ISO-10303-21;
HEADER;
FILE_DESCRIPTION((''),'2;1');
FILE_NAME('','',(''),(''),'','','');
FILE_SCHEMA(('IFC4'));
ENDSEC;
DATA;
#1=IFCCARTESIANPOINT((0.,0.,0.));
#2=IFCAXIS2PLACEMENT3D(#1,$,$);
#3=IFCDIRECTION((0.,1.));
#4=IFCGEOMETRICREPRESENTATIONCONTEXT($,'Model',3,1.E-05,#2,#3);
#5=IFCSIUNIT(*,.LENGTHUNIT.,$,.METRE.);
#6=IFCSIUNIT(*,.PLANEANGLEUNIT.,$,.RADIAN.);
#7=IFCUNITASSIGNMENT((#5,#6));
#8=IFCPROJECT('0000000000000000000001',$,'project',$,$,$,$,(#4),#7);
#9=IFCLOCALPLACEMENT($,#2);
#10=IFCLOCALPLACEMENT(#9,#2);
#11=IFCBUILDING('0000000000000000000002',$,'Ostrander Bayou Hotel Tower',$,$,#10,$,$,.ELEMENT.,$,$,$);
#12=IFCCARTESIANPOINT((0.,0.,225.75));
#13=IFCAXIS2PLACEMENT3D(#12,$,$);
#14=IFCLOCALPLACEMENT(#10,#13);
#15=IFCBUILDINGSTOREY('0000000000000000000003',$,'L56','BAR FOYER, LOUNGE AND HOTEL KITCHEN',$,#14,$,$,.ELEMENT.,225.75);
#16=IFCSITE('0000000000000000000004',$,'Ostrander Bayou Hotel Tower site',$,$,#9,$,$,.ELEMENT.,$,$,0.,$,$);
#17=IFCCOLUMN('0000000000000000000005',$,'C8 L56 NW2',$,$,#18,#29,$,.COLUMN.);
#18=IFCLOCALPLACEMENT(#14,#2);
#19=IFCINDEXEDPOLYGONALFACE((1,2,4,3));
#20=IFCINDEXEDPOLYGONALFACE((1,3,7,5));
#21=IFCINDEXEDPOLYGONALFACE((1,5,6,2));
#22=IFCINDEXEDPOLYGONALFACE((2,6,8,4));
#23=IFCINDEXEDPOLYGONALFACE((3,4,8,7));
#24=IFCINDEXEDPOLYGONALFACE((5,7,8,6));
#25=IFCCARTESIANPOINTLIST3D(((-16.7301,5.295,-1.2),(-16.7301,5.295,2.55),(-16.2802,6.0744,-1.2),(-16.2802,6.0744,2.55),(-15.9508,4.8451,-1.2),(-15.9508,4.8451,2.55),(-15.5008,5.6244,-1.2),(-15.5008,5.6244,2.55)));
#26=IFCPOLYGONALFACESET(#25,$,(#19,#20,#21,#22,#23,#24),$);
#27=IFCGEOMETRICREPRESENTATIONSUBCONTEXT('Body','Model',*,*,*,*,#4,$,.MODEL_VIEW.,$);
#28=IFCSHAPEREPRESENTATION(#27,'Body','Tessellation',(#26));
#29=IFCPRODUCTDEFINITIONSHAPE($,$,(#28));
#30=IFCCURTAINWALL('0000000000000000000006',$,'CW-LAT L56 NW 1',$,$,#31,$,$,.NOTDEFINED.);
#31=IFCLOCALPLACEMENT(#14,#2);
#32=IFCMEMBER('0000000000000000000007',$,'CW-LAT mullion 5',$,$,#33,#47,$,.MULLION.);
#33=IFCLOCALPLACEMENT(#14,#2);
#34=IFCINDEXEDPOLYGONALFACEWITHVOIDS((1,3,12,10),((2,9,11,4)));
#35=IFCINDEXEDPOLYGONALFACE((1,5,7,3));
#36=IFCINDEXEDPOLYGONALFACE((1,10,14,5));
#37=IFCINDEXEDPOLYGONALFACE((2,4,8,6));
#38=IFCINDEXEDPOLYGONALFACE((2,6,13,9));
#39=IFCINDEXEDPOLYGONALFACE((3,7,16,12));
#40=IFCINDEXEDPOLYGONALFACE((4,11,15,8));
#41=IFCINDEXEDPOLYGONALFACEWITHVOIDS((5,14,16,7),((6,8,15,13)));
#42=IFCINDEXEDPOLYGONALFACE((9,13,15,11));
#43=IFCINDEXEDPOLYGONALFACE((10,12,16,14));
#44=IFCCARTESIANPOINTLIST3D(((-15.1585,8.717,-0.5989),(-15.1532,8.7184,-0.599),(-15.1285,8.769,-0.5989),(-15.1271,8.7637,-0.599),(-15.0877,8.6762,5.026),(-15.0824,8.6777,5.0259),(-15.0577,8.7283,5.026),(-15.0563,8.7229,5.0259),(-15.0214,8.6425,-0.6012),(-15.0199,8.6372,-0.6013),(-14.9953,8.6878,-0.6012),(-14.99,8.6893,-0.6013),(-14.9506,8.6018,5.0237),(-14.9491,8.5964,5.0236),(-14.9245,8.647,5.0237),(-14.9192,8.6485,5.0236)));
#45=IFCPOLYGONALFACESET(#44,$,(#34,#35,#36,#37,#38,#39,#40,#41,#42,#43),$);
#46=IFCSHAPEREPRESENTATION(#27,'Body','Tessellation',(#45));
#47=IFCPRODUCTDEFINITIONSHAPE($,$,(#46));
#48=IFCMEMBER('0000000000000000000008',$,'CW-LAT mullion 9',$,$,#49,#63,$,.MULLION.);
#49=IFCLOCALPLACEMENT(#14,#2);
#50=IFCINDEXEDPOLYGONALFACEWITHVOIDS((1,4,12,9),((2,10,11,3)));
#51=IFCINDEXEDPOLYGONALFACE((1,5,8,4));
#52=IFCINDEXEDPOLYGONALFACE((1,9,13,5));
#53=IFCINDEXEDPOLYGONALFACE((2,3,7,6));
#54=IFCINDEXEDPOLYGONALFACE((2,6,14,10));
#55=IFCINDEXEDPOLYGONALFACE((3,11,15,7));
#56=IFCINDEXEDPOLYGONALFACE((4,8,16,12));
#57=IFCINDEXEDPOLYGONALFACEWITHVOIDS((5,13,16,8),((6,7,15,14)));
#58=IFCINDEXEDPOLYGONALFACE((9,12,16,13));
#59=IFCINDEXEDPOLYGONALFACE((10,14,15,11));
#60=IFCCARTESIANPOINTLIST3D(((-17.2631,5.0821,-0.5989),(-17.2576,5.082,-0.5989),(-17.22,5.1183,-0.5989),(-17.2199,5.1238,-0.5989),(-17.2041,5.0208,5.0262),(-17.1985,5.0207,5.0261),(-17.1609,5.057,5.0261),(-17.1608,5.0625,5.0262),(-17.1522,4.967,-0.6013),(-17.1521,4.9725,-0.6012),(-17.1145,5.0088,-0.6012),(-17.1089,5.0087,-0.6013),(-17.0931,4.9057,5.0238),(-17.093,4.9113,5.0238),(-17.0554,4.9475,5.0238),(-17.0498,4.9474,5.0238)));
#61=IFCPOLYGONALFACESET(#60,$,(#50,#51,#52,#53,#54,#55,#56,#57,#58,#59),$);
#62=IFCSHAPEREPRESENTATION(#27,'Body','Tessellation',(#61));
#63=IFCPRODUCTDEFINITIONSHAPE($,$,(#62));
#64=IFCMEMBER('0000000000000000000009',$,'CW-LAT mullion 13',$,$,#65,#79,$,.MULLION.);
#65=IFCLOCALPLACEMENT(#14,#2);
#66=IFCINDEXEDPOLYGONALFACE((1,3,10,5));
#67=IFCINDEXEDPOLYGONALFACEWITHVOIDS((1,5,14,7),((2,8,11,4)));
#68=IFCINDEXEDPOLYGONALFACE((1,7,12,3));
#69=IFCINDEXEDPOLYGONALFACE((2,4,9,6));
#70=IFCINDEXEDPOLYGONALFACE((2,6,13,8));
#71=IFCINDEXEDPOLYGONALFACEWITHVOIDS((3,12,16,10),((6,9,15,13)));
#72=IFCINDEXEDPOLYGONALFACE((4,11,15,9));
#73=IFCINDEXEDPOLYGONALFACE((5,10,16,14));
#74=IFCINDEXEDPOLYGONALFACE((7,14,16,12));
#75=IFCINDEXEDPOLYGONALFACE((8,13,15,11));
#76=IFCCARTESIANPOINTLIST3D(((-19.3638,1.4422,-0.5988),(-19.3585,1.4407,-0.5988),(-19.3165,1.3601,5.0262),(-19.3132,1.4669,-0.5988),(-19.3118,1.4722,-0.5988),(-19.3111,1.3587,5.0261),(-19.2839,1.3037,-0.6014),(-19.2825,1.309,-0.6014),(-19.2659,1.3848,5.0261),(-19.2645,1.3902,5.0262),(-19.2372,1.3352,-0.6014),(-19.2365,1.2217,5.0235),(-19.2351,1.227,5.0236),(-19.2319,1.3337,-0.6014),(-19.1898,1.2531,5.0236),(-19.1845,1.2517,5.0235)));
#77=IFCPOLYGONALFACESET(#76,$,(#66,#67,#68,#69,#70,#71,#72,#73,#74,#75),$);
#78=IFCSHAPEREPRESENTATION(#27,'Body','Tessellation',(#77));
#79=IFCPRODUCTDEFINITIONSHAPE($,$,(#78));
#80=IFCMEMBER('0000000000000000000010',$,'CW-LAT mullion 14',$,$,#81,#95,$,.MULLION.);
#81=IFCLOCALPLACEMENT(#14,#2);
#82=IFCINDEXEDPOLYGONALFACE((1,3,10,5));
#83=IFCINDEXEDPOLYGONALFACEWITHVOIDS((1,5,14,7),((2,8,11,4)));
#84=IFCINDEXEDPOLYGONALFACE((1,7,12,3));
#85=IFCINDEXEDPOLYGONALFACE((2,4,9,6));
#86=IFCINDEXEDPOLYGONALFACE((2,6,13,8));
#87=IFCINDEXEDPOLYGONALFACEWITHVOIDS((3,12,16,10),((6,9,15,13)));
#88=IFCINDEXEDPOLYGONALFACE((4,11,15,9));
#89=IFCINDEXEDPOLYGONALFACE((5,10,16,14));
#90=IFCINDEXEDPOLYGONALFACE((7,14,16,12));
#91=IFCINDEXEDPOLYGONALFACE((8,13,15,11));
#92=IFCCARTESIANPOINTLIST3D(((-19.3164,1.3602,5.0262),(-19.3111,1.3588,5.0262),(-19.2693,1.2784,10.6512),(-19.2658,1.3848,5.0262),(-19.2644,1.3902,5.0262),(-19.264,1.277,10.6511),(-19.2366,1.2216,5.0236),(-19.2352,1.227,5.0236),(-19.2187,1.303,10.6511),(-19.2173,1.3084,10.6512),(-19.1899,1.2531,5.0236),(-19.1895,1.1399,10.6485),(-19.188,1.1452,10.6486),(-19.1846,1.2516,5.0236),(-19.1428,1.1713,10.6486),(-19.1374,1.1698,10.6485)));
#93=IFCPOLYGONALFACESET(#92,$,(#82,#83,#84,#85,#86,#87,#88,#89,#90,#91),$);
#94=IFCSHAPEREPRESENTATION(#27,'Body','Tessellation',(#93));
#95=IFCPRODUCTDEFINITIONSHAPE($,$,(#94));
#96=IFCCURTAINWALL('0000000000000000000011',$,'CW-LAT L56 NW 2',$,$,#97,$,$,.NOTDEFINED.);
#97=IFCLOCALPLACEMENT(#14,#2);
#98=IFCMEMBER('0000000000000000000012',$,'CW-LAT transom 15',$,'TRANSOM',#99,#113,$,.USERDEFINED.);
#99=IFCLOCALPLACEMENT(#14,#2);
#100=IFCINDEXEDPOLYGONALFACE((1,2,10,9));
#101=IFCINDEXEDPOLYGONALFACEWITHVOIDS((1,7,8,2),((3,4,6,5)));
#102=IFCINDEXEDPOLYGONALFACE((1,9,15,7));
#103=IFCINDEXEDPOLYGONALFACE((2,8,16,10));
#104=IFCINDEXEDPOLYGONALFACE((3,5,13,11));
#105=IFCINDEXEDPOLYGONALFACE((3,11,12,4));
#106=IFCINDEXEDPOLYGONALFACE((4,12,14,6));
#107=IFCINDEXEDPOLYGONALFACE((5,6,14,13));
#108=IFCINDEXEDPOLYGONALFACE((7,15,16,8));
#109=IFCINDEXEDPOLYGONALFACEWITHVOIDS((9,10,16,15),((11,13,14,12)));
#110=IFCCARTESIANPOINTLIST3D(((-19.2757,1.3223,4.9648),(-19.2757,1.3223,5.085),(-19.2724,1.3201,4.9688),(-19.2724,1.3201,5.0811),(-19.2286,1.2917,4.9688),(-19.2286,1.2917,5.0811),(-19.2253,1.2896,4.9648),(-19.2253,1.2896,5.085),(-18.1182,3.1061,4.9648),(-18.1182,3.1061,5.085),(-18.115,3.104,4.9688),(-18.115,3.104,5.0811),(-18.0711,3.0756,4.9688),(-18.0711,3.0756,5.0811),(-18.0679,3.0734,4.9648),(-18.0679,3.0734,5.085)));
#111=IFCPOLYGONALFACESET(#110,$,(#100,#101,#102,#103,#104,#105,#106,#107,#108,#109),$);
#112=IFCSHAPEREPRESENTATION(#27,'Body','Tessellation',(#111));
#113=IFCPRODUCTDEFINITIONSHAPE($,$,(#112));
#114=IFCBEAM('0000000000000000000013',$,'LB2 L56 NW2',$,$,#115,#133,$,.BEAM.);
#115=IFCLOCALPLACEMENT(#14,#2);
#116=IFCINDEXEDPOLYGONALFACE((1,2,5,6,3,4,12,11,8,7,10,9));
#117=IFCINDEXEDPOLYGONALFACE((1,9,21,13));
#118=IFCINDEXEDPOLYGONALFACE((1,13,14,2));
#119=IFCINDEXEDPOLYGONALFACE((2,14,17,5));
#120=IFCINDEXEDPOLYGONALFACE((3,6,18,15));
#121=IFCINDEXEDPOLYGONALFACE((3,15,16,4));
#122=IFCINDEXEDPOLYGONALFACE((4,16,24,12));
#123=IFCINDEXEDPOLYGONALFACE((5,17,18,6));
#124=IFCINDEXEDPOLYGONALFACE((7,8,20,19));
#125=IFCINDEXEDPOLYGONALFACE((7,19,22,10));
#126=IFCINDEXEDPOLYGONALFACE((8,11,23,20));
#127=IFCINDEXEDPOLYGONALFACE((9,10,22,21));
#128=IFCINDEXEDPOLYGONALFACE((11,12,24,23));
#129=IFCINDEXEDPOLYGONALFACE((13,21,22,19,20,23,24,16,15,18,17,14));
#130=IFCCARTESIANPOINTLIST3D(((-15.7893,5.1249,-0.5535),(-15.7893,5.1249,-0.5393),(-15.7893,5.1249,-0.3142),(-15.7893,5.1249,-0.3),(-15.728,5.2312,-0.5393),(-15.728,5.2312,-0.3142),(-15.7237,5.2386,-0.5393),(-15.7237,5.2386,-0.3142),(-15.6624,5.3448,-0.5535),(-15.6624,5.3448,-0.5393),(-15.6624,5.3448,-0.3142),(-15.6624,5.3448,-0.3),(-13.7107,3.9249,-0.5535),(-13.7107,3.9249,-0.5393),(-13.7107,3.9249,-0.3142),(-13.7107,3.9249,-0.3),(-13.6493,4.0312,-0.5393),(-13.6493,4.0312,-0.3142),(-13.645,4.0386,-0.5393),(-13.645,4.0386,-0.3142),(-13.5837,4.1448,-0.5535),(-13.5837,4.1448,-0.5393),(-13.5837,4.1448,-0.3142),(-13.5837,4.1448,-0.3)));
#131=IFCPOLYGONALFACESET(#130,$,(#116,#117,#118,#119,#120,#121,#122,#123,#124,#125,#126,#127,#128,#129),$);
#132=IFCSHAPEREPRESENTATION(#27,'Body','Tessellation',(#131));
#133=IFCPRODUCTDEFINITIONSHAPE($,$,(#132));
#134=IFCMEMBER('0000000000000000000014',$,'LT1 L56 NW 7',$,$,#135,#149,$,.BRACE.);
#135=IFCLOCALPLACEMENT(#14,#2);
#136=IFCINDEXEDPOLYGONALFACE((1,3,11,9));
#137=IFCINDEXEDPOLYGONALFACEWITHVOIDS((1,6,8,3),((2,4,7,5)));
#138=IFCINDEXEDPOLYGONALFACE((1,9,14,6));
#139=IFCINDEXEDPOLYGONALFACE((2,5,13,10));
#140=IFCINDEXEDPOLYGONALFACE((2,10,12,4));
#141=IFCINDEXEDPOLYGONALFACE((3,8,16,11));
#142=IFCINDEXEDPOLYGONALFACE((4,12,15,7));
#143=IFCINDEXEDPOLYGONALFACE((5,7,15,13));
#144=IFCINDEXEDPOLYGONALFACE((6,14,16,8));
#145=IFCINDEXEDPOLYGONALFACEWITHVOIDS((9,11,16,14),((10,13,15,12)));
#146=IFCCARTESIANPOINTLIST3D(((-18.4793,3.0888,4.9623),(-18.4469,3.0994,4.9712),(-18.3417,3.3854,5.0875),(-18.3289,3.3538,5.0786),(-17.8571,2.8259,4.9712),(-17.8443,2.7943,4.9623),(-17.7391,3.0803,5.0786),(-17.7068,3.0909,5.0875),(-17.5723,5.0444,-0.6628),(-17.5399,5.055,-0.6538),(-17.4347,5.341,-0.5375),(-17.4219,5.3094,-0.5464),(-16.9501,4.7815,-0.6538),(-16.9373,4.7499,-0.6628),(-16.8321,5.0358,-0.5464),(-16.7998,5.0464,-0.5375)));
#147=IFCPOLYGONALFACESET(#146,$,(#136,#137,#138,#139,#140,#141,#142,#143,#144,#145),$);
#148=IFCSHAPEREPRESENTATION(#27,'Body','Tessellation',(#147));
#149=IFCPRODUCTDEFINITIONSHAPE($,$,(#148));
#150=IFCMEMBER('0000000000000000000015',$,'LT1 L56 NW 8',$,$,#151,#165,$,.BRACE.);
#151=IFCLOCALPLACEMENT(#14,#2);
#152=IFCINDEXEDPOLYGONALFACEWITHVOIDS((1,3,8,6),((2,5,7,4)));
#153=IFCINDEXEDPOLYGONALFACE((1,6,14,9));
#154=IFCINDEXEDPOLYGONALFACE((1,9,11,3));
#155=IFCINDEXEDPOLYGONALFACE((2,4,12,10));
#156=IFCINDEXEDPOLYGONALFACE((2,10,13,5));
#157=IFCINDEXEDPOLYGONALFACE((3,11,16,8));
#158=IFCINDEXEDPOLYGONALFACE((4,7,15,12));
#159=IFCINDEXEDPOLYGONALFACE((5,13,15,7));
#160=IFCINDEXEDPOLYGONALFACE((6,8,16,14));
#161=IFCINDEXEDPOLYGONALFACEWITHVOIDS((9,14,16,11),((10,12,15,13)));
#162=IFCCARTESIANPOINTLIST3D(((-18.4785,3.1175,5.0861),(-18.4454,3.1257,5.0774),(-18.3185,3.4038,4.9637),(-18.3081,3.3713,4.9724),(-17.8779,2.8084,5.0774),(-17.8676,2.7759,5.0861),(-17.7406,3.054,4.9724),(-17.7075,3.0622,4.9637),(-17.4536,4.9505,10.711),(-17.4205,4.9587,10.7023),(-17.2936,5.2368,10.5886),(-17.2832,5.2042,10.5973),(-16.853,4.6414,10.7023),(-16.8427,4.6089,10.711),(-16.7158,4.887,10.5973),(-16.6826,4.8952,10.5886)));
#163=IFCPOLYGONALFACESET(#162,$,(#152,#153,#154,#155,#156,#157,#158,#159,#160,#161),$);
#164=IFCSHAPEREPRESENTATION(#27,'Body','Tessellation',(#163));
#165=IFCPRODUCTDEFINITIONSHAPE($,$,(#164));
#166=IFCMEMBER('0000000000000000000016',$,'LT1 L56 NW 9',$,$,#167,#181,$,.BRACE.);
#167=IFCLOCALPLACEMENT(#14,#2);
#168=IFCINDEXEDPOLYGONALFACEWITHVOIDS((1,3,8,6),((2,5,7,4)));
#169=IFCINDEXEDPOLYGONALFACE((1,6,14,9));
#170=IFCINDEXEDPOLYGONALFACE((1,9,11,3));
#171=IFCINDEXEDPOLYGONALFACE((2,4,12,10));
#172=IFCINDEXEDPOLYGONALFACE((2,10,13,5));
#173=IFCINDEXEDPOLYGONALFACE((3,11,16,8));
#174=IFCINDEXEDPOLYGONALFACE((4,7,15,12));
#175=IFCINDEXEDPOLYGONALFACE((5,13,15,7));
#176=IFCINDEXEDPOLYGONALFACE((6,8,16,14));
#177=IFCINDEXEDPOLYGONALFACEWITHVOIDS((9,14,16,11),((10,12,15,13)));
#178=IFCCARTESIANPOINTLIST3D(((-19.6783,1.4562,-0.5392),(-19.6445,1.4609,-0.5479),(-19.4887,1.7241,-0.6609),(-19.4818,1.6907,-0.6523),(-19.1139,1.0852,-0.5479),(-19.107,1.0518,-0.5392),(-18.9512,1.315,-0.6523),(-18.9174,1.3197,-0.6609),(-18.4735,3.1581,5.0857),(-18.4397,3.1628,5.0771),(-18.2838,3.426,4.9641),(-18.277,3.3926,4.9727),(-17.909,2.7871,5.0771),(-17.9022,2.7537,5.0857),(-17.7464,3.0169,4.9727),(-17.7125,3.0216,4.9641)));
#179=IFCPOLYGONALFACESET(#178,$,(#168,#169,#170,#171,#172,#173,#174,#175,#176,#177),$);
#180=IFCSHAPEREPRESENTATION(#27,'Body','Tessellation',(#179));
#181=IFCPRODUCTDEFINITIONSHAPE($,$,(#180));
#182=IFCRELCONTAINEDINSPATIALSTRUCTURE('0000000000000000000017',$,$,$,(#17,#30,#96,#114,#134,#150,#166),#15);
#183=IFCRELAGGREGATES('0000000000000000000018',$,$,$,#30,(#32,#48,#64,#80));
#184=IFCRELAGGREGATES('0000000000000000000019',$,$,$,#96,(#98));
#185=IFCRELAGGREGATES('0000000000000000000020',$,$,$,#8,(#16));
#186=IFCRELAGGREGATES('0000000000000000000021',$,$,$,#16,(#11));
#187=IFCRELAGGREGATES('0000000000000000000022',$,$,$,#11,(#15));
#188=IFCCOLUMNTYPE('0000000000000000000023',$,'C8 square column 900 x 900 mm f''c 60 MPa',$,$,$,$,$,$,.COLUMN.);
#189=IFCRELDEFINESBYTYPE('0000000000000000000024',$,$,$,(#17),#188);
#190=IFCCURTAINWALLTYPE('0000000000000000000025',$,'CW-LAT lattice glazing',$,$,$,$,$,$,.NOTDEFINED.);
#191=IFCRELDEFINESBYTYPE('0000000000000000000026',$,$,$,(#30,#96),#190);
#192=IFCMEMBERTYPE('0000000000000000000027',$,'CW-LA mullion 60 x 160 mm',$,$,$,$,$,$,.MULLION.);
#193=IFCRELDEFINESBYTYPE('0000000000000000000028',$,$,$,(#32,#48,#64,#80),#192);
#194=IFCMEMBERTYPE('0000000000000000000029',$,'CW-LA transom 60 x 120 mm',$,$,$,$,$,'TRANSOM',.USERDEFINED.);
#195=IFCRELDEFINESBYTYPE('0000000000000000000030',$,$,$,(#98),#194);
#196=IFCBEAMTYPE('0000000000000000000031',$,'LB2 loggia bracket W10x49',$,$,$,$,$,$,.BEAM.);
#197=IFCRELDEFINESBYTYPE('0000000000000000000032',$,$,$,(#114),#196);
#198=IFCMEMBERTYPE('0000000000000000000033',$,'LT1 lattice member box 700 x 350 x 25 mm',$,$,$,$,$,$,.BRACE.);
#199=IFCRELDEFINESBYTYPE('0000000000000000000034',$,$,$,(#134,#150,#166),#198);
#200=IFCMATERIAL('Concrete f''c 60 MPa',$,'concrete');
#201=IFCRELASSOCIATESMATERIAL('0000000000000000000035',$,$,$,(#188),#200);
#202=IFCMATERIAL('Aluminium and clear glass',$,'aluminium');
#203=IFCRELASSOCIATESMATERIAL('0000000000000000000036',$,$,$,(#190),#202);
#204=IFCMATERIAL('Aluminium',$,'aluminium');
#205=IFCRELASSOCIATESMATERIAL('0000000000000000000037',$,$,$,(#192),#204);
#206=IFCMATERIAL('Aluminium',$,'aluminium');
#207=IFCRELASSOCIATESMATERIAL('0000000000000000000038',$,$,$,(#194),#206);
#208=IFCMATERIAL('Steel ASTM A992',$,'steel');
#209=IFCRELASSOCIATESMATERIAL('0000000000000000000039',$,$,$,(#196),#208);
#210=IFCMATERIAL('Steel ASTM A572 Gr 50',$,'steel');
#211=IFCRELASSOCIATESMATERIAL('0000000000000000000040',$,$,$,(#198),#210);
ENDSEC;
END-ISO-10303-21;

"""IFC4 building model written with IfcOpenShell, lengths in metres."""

from ifc_helpers import new_model, si_unit, direction, frame, origin, origin_2d, place, context, subcontext, project, spatial, rectangle, hollow_rectangle, i_section, extrude, material, material_profile, profile_set, type_object, element, aggregate, save


model = new_model("IFC4")

# Units and contexts
model_context = context("Model", 3, precision=1e-05, world=origin(), true_north=direction((0.0, 1.0)))
body_context = subcontext(model_context, "Body", "Model", "MODEL_VIEW")
ifc_project = project(units=[si_unit("LENGTHUNIT", "METRE"), si_unit("PLANEANGLEUNIT", "RADIAN")], contexts=[model_context])

# Site, building, storey
site_placement = place(None, origin())
site = spatial("IfcSite", under=ifc_project, at=site_placement, Name="Ostrander Bayou Hotel Tower site", CompositionType="ELEMENT", RefElevation=0.0)
building_placement = place(site_placement, origin())
building = spatial("IfcBuilding", under=site, at=building_placement, Name="Ostrander Bayou Hotel Tower", CompositionType="ELEMENT")
storey_placement = place(building_placement, frame((0.0, 0.0, 225.75)))
storey = spatial("IfcBuildingStorey", under=building, at=storey_placement, Name="L56", Description="BAR FOYER, LOUNGE AND HOTEL KITCHEN", CompositionType="ELEMENT", Elevation=225.75)

# Column
ifc_material_1 = material(Name="Concrete f'c 60 MPa", Category="concrete")
ifc_material_profile_1 = material_profile(ifc_material_1, rectangle(XDim=0.8999, YDim=0.8999, at=origin_2d()))
ifc_profile_set_1 = profile_set([ifc_material_profile_1], Name="Concrete f'c 60 MPa")
column_type = type_object("IfcColumnType", Name="C8 square column 900 x 900 mm f'c 60 MPa", PredefinedType="COLUMN", material=ifc_profile_set_1)
column_placement = place(storey_placement, frame((-16.1155, 5.4597, -1.2), z_axis=(0.0, 0.0, 1.0), x_axis=(0.5, 0.866025, 0.0)))
element("IfcColumn", 1, at=column_placement, inside=storey, type_object=column_type, Name="C8 L56 NW2", PredefinedType="COLUMN", context=body_context, shape_type="SweptSolid", body=[
    extrude(rectangle(XDim=0.8999, YDim=0.8999, at=origin_2d()), origin(), (0.0, 0.0, 1.0), 3.75),
])

# Curtain wall, members
ifc_material_2 = material(Name="Aluminium and clear glass", Category="aluminium")
curtain_wall_type = type_object("IfcCurtainWallType", Name="CW-LAT lattice glazing", PredefinedType="NOTDEFINED", material=ifc_material_2)
curtain_wall_1_placement = place(storey_placement, origin())
curtain_wall_1 = element("IfcCurtainWall", 2, at=curtain_wall_1_placement, inside=storey, type_object=curtain_wall_type, Name="CW-LAT L56 NW 1", PredefinedType="NOTDEFINED")
ifc_material_3 = material(Name="Aluminium", Category="aluminium")
ifc_material_profile_2 = material_profile(ifc_material_3, hollow_rectangle(XDim=0.0601, YDim=0.1599, WallThickness=0.0039, at=origin_2d()))
ifc_profile_set_2 = profile_set([ifc_material_profile_2], Name="Aluminium")
member_type_1 = type_object("IfcMemberType", Name="CW-LA mullion 60 x 160 mm", PredefinedType="MULLION", material=ifc_profile_set_2)
member_1_placement = place(storey_placement, frame((-15.0742, 8.7031, -0.6001), z_axis=(0.012585, -0.007247, 0.999895), x_axis=(0.499032, 0.866583, 0.0)))
member_1 = element("IfcMember", 3, at=member_1_placement, type_object=member_type_1, Name="CW-LAT mullion 5", PredefinedType="MULLION", context=body_context, shape_type="SweptSolid", body=[
    extrude(hollow_rectangle(XDim=0.0601, YDim=0.1599, WallThickness=0.0039, at=origin_2d()), origin(), (0.0, 0.0, 1.0), 5.6255),
])
member_2_placement = place(storey_placement, frame((-17.186, 5.0454, -0.6001), z_axis=(0.010502, -0.010893, 0.999886), x_axis=(0.719895, 0.694082, 0.0)))
member_2 = element("IfcMember", 4, at=member_2_placement, type_object=member_type_1, Name="CW-LAT mullion 9", PredefinedType="MULLION", context=body_context, shape_type="SweptSolid", body=[
    extrude(hollow_rectangle(XDim=0.0601, YDim=0.1599, WallThickness=0.0039, at=origin_2d()), origin(), (0.0, 0.0, 1.0), 5.6257),
])
member_3_placement = place(storey_placement, frame((-19.2979, 1.3879, -0.6001), z_axis=(0.008419, -0.014581, 0.999858), x_axis=(0.866014, 0.50002, 0.0)))
member_3 = element("IfcMember", 5, at=member_3_placement, type_object=member_type_1, Name="CW-LAT mullion 13", PredefinedType="MULLION", context=body_context, shape_type="SweptSolid", body=[
    extrude(hollow_rectangle(XDim=0.0601, YDim=0.1599, WallThickness=0.0039, at=origin_2d()), origin(), (0.0, 0.0, 1.0), 5.6257),
])
member_4_placement = place(storey_placement, frame((-19.2505, 1.3059, 5.0249), z_axis=(0.008376, -0.014538, 0.999859), x_axis=(0.866487, 0.4992, 0.0)))
member_4 = element("IfcMember", 6, at=member_4_placement, type_object=member_type_1, Name="CW-LAT mullion 14", PredefinedType="MULLION", context=body_context, shape_type="SweptSolid", body=[
    extrude(hollow_rectangle(XDim=0.0601, YDim=0.1599, WallThickness=0.0039, at=origin_2d()), origin(), (0.0, 0.0, 1.0), 5.6257),
])

# Curtain wall, member
curtain_wall_2_placement = place(storey_placement, origin())
curtain_wall_2 = element("IfcCurtainWall", 7, at=curtain_wall_2_placement, inside=storey, type_object=curtain_wall_type, Name="CW-LAT L56 NW 2", PredefinedType="NOTDEFINED")
ifc_material_4 = material(Name="Aluminium", Category="aluminium")
ifc_material_profile_3 = material_profile(ifc_material_4, hollow_rectangle(XDim=0.0601, YDim=0.1201, WallThickness=0.0039, at=origin_2d()))
ifc_profile_set_3 = profile_set([ifc_material_profile_3], Name="Aluminium")
member_type_2 = type_object("IfcMemberType", Name="CW-LA transom 60 x 120 mm", ElementType="TRANSOM", PredefinedType="USERDEFINED", material=ifc_profile_set_3)
member_5_placement = place(storey_placement, frame((-19.2505, 1.3059, 5.0249), z_axis=(0.544298, 0.838892, 0.0), x_axis=(-0.838892, 0.544298, 0.0)))
member_5 = element("IfcMember", 8, at=member_5_placement, type_object=member_type_2, Name="CW-LAT transom 15", ObjectType="TRANSOM", PredefinedType="USERDEFINED", context=body_context, shape_type="SweptSolid", body=[
    extrude(hollow_rectangle(XDim=0.0601, YDim=0.1201, WallThickness=0.0039, at=origin_2d()), origin(), (0.0, 0.0, 1.0), 2.1265),
])

# Beam
ifc_material_5 = material(Name="Steel ASTM A992", Category="steel")
ifc_material_profile_4 = material_profile(ifc_material_5, i_section(OverallWidth=0.2539, OverallDepth=0.2534, WebThickness=0.0085, FlangeThickness=0.0142, at=origin_2d()))
ifc_profile_set_4 = profile_set([ifc_material_profile_4], Name="Steel ASTM A992")
beam_type_1 = type_object("IfcBeamType", Name="LB2 loggia bracket W10x49", PredefinedType="BEAM", material=ifc_profile_set_4)
beam_1_placement = place(storey_placement, frame((-15.7258, 5.2349, -0.4268), z_axis=(0.86605, -0.499957, 0.0), x_axis=(0.499957, 0.86605, 0.0)))
element("IfcBeam", 9, at=beam_1_placement, inside=storey, type_object=beam_type_1, Name="LB2 L56 NW2", PredefinedType="BEAM", context=body_context, shape_type="SweptSolid", body=[
    extrude(i_section(OverallWidth=0.2539, OverallDepth=0.2534, WebThickness=0.0085, FlangeThickness=0.0142, at=origin_2d()), origin(), (0.0, 0.0, 1.0), 2.4001),
])

# Members
ifc_material_6 = material(Name="Steel ASTM A572 Gr 50", Category="steel")
ifc_material_profile_5 = material_profile(ifc_material_6, hollow_rectangle(XDim=0.7, YDim=0.3501, WallThickness=0.0249, at=origin_2d()))
ifc_profile_set_5 = profile_set([ifc_material_profile_5], Name="Steel ASTM A572 Gr 50")
member_type_3 = type_object("IfcMemberType", Name="LT1 lattice member box 700 x 350 x 25 mm", PredefinedType="BRACE", material=ifc_profile_set_5)
member_6_placement = place(storey_placement, frame((-18.093, 3.0898, 5.0249), z_axis=(0.150564, 0.324634, -0.933779), x_axis=(-0.907179, 0.420745, 0.0)))
element("IfcMember", 10, at=member_6_placement, inside=storey, type_object=member_type_3, Name="LT1 L56 NW 7", PredefinedType="BRACE", context=body_context, shape_type="SweptSolid", body=[
    extrude(hollow_rectangle(XDim=0.7, YDim=0.3501, WallThickness=0.0249, at=origin_2d()), origin(), (0.0, 0.0, 1.0), 6.0239),
])
member_7_placement = place(storey_placement, frame((-18.093, 3.0898, 5.0249), z_axis=(0.170696, 0.305285, 0.936837), x_axis=(-0.872827, 0.48803, 0.0)))
element("IfcMember", 11, at=member_7_placement, inside=storey, type_object=member_type_3, Name="LT1 L56 NW 8", PredefinedType="BRACE", context=body_context, shape_type="SweptSolid", body=[
    extrude(hollow_rectangle(XDim=0.7, YDim=0.3501, WallThickness=0.0249, at=origin_2d()), origin(), (0.0, 0.0, 1.0), 6.0042),
])
member_8_placement = place(storey_placement, frame((-18.093, 3.0898, 5.0249), z_axis=(-0.200837, -0.283695, -0.937647), x_axis=(0.816179, -0.5778, 0.0)))
element("IfcMember", 12, at=member_8_placement, inside=storey, type_object=member_type_3, Name="LT1 L56 NW 9", PredefinedType="BRACE", context=body_context, shape_type="SweptSolid", body=[
    extrude(hollow_rectangle(XDim=0.7, YDim=0.3501, WallThickness=0.0249, at=origin_2d()), origin(), (0.0, 0.0, 1.0), 5.999),
])

aggregate(curtain_wall_1, [member_1, member_2, member_3, member_4])
aggregate(curtain_wall_2, [member_5])

save(model, "model.ifc")
